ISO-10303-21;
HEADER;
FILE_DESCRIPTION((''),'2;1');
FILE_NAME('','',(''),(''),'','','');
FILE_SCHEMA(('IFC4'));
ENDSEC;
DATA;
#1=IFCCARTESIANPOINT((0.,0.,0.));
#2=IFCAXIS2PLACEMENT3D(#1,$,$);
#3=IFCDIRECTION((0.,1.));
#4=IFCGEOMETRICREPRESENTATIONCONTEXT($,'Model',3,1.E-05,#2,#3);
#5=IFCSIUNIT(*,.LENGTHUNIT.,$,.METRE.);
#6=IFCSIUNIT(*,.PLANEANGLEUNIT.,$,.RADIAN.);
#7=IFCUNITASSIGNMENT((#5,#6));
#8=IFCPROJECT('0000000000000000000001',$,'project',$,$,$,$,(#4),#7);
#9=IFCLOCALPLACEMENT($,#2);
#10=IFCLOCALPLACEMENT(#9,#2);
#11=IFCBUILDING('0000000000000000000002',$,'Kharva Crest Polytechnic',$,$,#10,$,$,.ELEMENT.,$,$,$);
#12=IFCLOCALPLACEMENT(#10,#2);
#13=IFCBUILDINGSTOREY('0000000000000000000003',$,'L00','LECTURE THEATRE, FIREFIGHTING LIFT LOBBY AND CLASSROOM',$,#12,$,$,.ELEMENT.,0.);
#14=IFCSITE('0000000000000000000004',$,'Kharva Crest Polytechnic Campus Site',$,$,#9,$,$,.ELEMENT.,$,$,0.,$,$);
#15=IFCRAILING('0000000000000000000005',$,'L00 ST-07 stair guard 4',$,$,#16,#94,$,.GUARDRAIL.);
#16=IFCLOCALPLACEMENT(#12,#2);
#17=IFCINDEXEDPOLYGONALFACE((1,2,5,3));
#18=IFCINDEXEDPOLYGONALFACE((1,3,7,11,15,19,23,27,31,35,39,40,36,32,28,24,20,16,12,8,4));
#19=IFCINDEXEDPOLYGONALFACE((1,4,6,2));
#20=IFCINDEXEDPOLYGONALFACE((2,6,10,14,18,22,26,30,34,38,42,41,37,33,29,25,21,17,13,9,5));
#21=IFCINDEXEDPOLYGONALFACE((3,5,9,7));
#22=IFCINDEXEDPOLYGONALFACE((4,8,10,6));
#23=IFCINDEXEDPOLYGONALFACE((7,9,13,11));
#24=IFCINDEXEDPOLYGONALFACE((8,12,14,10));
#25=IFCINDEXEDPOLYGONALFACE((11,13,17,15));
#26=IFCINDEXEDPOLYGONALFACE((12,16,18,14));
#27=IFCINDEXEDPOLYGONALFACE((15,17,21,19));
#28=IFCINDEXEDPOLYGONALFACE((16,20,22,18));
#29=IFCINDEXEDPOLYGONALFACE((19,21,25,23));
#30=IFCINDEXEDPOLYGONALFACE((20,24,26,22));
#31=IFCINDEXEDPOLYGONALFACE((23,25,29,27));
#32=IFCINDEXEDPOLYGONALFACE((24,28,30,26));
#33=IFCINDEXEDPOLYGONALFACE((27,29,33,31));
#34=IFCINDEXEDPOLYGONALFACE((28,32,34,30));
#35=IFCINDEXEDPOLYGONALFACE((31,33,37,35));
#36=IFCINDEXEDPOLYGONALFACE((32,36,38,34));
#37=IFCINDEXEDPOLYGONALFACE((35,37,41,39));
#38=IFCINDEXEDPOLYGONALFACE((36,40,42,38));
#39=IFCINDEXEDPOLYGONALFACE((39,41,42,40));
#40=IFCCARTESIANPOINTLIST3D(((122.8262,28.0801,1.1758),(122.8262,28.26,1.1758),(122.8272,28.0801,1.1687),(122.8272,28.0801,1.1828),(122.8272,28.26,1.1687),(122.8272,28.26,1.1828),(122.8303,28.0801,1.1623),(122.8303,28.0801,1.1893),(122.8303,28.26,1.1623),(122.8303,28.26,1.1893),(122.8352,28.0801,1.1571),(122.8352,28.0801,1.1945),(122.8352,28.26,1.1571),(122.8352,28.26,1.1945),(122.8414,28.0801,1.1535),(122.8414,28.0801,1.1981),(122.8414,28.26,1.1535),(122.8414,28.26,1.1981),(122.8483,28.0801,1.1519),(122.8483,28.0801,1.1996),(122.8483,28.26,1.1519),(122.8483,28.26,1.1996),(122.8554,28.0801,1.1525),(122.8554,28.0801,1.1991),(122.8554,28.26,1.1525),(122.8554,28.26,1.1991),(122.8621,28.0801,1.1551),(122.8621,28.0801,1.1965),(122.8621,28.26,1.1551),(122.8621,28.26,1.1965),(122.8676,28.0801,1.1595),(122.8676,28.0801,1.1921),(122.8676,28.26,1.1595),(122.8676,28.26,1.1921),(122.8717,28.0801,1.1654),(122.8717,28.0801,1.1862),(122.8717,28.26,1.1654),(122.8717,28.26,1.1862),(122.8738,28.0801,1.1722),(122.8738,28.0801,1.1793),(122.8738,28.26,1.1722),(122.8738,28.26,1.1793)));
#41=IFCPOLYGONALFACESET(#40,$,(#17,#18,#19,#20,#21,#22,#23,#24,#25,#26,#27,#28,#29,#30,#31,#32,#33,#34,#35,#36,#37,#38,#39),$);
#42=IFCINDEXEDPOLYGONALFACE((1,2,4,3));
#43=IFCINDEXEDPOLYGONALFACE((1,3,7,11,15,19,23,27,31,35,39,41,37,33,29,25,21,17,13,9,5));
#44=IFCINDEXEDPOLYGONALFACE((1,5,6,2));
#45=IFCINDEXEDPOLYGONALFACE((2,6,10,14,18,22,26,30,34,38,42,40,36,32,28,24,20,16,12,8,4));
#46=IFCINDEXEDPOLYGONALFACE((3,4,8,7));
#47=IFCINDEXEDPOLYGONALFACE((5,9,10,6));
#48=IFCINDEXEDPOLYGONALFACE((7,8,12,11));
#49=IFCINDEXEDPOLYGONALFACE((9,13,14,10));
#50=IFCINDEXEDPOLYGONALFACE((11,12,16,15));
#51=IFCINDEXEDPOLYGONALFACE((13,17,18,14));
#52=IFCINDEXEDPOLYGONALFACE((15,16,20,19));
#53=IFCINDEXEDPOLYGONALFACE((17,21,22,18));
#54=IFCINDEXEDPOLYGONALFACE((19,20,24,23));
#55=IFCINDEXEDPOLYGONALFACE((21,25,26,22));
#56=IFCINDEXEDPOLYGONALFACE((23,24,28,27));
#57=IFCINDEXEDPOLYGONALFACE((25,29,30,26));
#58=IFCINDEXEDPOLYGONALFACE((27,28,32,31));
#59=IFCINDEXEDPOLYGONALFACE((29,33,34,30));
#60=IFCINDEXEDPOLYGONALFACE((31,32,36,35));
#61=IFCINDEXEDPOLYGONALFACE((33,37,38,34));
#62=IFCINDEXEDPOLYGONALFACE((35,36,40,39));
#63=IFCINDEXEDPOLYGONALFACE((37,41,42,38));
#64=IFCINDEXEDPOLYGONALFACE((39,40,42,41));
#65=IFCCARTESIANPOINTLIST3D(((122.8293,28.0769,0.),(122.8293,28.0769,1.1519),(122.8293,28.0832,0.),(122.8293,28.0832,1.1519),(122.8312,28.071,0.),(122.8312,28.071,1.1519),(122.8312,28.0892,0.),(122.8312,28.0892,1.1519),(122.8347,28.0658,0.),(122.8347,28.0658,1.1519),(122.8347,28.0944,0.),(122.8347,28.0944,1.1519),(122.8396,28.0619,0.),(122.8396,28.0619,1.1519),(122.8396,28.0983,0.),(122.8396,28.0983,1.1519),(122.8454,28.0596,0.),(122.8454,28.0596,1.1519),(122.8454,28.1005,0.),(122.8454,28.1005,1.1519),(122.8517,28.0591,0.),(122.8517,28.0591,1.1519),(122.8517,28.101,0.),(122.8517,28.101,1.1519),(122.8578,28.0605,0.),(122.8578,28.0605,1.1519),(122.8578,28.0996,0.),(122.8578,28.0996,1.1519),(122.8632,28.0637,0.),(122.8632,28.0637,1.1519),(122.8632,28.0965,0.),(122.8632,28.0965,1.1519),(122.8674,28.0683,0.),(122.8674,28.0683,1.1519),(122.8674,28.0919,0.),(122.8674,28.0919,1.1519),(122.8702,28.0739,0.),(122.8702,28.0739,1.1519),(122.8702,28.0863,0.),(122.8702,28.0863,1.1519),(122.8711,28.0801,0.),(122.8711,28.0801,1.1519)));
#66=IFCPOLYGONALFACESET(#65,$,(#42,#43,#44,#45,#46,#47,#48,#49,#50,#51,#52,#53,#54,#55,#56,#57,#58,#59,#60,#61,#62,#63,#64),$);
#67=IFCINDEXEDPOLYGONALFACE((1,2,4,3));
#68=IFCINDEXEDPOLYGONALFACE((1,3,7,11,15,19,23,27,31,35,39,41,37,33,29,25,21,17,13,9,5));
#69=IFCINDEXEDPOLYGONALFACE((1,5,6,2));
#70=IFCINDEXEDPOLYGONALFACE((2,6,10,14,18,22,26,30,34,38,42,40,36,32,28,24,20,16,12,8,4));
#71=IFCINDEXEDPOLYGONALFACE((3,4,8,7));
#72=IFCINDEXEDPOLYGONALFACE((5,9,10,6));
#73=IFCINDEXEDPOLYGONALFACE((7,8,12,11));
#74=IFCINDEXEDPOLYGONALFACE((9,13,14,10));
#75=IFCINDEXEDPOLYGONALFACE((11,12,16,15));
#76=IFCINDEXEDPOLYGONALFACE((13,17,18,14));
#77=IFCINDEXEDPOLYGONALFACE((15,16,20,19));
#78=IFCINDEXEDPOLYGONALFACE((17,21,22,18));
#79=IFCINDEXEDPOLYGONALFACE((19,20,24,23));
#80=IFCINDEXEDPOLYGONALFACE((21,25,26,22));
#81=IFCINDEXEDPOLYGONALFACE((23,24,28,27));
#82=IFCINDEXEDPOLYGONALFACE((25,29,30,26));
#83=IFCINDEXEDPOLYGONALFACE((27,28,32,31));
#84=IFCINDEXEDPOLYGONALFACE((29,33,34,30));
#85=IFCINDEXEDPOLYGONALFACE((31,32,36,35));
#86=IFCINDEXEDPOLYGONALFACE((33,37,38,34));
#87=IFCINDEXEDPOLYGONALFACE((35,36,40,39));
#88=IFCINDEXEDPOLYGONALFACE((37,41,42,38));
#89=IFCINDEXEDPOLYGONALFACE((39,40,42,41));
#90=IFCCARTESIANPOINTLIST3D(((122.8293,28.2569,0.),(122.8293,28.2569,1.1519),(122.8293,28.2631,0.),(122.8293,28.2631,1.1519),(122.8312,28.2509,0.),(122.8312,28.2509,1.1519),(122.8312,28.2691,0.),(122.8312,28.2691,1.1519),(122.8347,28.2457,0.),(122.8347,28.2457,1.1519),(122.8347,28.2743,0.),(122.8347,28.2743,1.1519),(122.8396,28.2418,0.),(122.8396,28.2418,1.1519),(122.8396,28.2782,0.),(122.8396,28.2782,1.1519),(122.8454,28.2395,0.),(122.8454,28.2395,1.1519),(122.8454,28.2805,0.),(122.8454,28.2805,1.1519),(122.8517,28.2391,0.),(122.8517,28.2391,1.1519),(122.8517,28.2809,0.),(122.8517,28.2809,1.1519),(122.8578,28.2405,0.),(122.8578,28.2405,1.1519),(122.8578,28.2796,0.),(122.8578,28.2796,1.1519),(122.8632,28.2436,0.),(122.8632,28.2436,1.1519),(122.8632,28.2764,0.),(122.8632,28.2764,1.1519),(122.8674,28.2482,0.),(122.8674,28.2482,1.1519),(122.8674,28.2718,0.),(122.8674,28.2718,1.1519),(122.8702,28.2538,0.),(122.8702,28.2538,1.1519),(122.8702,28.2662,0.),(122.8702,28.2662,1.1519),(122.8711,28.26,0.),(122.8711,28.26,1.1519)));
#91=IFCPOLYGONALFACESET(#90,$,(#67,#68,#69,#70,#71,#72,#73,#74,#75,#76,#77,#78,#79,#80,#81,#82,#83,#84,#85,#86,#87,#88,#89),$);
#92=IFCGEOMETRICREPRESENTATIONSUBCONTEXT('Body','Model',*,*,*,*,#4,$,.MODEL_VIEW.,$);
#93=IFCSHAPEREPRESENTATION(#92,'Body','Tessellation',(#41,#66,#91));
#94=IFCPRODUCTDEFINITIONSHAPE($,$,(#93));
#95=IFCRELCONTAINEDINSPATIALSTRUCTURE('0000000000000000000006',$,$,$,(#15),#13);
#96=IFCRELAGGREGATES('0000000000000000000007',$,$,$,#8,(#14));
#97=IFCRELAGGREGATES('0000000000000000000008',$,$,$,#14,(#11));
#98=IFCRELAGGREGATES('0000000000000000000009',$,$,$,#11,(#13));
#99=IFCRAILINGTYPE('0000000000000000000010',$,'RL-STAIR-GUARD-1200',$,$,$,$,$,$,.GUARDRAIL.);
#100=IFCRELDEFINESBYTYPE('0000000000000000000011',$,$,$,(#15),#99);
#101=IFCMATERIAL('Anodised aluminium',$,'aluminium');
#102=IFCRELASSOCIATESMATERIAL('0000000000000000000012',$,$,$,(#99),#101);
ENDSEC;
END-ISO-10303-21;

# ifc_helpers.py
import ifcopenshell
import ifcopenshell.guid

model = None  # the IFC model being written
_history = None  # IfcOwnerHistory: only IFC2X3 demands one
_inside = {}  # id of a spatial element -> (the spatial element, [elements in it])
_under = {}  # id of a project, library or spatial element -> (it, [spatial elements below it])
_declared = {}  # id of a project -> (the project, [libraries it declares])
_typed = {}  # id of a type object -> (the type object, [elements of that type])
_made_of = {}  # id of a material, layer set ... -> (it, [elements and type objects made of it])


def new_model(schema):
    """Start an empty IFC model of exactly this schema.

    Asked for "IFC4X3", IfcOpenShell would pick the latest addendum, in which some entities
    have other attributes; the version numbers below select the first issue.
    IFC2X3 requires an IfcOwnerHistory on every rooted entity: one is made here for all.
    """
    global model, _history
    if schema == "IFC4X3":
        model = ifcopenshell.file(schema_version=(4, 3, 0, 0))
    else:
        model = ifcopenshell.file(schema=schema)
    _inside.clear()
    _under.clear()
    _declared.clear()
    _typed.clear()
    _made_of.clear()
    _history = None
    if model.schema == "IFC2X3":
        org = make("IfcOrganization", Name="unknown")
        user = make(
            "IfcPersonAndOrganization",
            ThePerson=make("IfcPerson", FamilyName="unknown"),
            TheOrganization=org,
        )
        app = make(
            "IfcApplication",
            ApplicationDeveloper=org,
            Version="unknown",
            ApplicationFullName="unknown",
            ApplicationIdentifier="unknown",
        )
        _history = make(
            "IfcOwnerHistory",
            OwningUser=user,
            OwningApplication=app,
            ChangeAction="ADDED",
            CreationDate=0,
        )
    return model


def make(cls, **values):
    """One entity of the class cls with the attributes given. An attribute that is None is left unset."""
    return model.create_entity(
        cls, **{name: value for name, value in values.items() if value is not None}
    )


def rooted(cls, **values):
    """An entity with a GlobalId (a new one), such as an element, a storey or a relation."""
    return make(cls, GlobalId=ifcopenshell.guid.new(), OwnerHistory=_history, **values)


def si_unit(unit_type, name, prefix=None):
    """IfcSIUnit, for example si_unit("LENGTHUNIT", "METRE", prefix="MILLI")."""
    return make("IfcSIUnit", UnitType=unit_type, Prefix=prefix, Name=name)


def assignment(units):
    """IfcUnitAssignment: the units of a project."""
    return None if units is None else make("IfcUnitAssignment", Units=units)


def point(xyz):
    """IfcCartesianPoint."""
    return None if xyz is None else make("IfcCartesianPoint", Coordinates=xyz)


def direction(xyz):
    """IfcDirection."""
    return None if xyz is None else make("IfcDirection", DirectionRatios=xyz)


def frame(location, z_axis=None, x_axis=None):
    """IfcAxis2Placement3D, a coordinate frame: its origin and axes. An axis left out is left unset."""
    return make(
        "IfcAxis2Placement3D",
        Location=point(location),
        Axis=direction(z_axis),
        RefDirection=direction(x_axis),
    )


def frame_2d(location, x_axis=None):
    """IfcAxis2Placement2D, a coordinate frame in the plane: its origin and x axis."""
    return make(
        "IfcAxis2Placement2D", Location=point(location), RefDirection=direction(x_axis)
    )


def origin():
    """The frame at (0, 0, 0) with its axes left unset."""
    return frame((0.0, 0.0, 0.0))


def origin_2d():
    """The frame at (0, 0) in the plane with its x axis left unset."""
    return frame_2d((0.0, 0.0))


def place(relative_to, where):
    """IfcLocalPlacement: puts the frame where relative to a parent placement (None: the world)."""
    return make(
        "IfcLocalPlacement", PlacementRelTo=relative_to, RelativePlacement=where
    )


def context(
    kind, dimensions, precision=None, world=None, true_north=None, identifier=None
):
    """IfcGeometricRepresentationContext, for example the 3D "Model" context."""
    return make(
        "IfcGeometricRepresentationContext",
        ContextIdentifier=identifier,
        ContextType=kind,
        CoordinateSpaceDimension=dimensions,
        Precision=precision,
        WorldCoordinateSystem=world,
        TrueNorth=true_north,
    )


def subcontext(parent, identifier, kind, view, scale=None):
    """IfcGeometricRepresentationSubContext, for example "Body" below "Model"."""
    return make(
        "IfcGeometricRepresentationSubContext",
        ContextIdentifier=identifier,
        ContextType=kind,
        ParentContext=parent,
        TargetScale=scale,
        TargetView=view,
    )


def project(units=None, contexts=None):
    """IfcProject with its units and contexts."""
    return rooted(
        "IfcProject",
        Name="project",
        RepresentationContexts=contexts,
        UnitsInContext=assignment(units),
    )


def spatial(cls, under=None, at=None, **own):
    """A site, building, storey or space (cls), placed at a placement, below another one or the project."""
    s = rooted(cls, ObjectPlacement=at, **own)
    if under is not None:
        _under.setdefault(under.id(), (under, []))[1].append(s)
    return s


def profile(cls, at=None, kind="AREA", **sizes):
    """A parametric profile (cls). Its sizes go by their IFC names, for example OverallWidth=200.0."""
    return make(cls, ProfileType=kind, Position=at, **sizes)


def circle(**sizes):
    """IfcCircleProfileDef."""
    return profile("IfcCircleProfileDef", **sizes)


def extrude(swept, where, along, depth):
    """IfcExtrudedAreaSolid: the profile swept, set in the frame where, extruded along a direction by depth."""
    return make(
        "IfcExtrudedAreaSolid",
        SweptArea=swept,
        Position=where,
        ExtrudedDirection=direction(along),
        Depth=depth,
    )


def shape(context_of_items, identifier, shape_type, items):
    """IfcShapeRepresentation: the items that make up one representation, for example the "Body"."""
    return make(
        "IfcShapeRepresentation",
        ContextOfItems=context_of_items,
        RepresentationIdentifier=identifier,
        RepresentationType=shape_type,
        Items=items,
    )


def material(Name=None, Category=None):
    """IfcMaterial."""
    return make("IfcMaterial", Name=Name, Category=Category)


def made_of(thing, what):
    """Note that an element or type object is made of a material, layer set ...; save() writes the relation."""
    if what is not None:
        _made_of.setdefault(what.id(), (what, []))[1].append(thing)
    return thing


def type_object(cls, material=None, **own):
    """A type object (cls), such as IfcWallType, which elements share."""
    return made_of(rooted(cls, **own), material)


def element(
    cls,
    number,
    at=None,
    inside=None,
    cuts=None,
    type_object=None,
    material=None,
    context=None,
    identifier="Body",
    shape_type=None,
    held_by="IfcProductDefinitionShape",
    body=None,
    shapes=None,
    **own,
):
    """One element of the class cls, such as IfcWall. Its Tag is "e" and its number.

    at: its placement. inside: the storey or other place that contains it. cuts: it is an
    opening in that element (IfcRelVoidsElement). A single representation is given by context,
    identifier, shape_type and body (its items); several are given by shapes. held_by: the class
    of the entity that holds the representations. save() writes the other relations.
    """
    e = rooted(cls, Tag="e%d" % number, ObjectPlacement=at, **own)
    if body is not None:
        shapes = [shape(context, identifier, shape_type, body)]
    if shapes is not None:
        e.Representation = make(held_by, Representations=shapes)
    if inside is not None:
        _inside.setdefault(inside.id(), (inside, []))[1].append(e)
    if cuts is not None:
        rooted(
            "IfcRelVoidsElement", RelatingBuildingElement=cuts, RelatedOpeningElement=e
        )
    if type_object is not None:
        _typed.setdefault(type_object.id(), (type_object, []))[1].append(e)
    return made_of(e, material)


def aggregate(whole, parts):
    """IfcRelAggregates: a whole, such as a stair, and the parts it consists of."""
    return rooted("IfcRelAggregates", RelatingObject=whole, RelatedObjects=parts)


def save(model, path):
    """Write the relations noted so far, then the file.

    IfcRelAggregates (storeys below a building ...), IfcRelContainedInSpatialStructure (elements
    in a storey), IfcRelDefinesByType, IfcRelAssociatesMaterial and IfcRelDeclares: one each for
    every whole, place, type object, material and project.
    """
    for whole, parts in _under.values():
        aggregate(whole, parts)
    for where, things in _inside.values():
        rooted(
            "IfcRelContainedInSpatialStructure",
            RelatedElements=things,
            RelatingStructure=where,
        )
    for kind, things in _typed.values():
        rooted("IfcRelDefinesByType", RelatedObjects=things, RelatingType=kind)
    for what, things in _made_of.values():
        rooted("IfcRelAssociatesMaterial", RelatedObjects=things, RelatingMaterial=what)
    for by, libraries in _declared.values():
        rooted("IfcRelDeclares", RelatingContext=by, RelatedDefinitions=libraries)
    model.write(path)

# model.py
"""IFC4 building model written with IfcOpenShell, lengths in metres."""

from ifc_helpers import new_model, si_unit, direction, frame, origin, origin_2d, place, context, subcontext, project, spatial, circle, extrude, material, type_object, element, save


model = new_model("IFC4")

# Units and contexts
model_context = context("Model", 3, precision=1e-05, world=origin(), true_north=direction((0.0, 1.0)))
body_context = subcontext(model_context, "Body", "Model", "MODEL_VIEW")
ifc_project = project(units=[si_unit("LENGTHUNIT", "METRE"), si_unit("PLANEANGLEUNIT", "RADIAN")], contexts=[model_context])

# Site, building, storey
site_placement = place(None, origin())
site = spatial("IfcSite", under=ifc_project, at=site_placement, Name="Kharva Crest Polytechnic Campus Site", CompositionType="ELEMENT", RefElevation=0.0)
building_placement = place(site_placement, origin())
building = spatial("IfcBuilding", under=site, at=building_placement, Name="Kharva Crest Polytechnic", CompositionType="ELEMENT")
storey_placement = place(building_placement, origin())
storey = spatial("IfcBuildingStorey", under=building, at=storey_placement, Name="L00", Description="LECTURE THEATRE, FIREFIGHTING LIFT LOBBY AND CLASSROOM", CompositionType="ELEMENT", Elevation=0.0)

# Shared definitions
ifc_material_1 = material(Name="Anodised aluminium", Category="aluminium")

# Railing
railing_type_1 = type_object("IfcRailingType", Name="RL-STAIR-GUARD-1200", PredefinedType="GUARDRAIL", material=ifc_material_1)
railing_1_placement = place(storey_placement, frame((122.8501, 28.0801, 0.0)))
element("IfcRailing", 1, at=railing_1_placement, inside=storey, type_object=railing_type_1, Name="L00 ST-07 stair guard 4", PredefinedType="GUARDRAIL", context=body_context, shape_type="SweptSolid", body=[
    extrude(circle(Radius=0.0239, at=origin_2d()), frame((0.0, 0.0, 1.1758), z_axis=(0.0, 1.0, 0.0), x_axis=(-1.0, 0.0, 0.0)), (0.0, 0.0, 1.0), 0.1799),
    extrude(circle(Radius=0.021, at=origin_2d()), origin(), (0.0, 0.0, 1.0), 1.1519),
    extrude(circle(Radius=0.021, at=origin_2d()), frame((0.0, 0.1799, 0.0)), (0.0, 0.0, 1.0), 1.1519),
])

save(model, "model.ifc")
